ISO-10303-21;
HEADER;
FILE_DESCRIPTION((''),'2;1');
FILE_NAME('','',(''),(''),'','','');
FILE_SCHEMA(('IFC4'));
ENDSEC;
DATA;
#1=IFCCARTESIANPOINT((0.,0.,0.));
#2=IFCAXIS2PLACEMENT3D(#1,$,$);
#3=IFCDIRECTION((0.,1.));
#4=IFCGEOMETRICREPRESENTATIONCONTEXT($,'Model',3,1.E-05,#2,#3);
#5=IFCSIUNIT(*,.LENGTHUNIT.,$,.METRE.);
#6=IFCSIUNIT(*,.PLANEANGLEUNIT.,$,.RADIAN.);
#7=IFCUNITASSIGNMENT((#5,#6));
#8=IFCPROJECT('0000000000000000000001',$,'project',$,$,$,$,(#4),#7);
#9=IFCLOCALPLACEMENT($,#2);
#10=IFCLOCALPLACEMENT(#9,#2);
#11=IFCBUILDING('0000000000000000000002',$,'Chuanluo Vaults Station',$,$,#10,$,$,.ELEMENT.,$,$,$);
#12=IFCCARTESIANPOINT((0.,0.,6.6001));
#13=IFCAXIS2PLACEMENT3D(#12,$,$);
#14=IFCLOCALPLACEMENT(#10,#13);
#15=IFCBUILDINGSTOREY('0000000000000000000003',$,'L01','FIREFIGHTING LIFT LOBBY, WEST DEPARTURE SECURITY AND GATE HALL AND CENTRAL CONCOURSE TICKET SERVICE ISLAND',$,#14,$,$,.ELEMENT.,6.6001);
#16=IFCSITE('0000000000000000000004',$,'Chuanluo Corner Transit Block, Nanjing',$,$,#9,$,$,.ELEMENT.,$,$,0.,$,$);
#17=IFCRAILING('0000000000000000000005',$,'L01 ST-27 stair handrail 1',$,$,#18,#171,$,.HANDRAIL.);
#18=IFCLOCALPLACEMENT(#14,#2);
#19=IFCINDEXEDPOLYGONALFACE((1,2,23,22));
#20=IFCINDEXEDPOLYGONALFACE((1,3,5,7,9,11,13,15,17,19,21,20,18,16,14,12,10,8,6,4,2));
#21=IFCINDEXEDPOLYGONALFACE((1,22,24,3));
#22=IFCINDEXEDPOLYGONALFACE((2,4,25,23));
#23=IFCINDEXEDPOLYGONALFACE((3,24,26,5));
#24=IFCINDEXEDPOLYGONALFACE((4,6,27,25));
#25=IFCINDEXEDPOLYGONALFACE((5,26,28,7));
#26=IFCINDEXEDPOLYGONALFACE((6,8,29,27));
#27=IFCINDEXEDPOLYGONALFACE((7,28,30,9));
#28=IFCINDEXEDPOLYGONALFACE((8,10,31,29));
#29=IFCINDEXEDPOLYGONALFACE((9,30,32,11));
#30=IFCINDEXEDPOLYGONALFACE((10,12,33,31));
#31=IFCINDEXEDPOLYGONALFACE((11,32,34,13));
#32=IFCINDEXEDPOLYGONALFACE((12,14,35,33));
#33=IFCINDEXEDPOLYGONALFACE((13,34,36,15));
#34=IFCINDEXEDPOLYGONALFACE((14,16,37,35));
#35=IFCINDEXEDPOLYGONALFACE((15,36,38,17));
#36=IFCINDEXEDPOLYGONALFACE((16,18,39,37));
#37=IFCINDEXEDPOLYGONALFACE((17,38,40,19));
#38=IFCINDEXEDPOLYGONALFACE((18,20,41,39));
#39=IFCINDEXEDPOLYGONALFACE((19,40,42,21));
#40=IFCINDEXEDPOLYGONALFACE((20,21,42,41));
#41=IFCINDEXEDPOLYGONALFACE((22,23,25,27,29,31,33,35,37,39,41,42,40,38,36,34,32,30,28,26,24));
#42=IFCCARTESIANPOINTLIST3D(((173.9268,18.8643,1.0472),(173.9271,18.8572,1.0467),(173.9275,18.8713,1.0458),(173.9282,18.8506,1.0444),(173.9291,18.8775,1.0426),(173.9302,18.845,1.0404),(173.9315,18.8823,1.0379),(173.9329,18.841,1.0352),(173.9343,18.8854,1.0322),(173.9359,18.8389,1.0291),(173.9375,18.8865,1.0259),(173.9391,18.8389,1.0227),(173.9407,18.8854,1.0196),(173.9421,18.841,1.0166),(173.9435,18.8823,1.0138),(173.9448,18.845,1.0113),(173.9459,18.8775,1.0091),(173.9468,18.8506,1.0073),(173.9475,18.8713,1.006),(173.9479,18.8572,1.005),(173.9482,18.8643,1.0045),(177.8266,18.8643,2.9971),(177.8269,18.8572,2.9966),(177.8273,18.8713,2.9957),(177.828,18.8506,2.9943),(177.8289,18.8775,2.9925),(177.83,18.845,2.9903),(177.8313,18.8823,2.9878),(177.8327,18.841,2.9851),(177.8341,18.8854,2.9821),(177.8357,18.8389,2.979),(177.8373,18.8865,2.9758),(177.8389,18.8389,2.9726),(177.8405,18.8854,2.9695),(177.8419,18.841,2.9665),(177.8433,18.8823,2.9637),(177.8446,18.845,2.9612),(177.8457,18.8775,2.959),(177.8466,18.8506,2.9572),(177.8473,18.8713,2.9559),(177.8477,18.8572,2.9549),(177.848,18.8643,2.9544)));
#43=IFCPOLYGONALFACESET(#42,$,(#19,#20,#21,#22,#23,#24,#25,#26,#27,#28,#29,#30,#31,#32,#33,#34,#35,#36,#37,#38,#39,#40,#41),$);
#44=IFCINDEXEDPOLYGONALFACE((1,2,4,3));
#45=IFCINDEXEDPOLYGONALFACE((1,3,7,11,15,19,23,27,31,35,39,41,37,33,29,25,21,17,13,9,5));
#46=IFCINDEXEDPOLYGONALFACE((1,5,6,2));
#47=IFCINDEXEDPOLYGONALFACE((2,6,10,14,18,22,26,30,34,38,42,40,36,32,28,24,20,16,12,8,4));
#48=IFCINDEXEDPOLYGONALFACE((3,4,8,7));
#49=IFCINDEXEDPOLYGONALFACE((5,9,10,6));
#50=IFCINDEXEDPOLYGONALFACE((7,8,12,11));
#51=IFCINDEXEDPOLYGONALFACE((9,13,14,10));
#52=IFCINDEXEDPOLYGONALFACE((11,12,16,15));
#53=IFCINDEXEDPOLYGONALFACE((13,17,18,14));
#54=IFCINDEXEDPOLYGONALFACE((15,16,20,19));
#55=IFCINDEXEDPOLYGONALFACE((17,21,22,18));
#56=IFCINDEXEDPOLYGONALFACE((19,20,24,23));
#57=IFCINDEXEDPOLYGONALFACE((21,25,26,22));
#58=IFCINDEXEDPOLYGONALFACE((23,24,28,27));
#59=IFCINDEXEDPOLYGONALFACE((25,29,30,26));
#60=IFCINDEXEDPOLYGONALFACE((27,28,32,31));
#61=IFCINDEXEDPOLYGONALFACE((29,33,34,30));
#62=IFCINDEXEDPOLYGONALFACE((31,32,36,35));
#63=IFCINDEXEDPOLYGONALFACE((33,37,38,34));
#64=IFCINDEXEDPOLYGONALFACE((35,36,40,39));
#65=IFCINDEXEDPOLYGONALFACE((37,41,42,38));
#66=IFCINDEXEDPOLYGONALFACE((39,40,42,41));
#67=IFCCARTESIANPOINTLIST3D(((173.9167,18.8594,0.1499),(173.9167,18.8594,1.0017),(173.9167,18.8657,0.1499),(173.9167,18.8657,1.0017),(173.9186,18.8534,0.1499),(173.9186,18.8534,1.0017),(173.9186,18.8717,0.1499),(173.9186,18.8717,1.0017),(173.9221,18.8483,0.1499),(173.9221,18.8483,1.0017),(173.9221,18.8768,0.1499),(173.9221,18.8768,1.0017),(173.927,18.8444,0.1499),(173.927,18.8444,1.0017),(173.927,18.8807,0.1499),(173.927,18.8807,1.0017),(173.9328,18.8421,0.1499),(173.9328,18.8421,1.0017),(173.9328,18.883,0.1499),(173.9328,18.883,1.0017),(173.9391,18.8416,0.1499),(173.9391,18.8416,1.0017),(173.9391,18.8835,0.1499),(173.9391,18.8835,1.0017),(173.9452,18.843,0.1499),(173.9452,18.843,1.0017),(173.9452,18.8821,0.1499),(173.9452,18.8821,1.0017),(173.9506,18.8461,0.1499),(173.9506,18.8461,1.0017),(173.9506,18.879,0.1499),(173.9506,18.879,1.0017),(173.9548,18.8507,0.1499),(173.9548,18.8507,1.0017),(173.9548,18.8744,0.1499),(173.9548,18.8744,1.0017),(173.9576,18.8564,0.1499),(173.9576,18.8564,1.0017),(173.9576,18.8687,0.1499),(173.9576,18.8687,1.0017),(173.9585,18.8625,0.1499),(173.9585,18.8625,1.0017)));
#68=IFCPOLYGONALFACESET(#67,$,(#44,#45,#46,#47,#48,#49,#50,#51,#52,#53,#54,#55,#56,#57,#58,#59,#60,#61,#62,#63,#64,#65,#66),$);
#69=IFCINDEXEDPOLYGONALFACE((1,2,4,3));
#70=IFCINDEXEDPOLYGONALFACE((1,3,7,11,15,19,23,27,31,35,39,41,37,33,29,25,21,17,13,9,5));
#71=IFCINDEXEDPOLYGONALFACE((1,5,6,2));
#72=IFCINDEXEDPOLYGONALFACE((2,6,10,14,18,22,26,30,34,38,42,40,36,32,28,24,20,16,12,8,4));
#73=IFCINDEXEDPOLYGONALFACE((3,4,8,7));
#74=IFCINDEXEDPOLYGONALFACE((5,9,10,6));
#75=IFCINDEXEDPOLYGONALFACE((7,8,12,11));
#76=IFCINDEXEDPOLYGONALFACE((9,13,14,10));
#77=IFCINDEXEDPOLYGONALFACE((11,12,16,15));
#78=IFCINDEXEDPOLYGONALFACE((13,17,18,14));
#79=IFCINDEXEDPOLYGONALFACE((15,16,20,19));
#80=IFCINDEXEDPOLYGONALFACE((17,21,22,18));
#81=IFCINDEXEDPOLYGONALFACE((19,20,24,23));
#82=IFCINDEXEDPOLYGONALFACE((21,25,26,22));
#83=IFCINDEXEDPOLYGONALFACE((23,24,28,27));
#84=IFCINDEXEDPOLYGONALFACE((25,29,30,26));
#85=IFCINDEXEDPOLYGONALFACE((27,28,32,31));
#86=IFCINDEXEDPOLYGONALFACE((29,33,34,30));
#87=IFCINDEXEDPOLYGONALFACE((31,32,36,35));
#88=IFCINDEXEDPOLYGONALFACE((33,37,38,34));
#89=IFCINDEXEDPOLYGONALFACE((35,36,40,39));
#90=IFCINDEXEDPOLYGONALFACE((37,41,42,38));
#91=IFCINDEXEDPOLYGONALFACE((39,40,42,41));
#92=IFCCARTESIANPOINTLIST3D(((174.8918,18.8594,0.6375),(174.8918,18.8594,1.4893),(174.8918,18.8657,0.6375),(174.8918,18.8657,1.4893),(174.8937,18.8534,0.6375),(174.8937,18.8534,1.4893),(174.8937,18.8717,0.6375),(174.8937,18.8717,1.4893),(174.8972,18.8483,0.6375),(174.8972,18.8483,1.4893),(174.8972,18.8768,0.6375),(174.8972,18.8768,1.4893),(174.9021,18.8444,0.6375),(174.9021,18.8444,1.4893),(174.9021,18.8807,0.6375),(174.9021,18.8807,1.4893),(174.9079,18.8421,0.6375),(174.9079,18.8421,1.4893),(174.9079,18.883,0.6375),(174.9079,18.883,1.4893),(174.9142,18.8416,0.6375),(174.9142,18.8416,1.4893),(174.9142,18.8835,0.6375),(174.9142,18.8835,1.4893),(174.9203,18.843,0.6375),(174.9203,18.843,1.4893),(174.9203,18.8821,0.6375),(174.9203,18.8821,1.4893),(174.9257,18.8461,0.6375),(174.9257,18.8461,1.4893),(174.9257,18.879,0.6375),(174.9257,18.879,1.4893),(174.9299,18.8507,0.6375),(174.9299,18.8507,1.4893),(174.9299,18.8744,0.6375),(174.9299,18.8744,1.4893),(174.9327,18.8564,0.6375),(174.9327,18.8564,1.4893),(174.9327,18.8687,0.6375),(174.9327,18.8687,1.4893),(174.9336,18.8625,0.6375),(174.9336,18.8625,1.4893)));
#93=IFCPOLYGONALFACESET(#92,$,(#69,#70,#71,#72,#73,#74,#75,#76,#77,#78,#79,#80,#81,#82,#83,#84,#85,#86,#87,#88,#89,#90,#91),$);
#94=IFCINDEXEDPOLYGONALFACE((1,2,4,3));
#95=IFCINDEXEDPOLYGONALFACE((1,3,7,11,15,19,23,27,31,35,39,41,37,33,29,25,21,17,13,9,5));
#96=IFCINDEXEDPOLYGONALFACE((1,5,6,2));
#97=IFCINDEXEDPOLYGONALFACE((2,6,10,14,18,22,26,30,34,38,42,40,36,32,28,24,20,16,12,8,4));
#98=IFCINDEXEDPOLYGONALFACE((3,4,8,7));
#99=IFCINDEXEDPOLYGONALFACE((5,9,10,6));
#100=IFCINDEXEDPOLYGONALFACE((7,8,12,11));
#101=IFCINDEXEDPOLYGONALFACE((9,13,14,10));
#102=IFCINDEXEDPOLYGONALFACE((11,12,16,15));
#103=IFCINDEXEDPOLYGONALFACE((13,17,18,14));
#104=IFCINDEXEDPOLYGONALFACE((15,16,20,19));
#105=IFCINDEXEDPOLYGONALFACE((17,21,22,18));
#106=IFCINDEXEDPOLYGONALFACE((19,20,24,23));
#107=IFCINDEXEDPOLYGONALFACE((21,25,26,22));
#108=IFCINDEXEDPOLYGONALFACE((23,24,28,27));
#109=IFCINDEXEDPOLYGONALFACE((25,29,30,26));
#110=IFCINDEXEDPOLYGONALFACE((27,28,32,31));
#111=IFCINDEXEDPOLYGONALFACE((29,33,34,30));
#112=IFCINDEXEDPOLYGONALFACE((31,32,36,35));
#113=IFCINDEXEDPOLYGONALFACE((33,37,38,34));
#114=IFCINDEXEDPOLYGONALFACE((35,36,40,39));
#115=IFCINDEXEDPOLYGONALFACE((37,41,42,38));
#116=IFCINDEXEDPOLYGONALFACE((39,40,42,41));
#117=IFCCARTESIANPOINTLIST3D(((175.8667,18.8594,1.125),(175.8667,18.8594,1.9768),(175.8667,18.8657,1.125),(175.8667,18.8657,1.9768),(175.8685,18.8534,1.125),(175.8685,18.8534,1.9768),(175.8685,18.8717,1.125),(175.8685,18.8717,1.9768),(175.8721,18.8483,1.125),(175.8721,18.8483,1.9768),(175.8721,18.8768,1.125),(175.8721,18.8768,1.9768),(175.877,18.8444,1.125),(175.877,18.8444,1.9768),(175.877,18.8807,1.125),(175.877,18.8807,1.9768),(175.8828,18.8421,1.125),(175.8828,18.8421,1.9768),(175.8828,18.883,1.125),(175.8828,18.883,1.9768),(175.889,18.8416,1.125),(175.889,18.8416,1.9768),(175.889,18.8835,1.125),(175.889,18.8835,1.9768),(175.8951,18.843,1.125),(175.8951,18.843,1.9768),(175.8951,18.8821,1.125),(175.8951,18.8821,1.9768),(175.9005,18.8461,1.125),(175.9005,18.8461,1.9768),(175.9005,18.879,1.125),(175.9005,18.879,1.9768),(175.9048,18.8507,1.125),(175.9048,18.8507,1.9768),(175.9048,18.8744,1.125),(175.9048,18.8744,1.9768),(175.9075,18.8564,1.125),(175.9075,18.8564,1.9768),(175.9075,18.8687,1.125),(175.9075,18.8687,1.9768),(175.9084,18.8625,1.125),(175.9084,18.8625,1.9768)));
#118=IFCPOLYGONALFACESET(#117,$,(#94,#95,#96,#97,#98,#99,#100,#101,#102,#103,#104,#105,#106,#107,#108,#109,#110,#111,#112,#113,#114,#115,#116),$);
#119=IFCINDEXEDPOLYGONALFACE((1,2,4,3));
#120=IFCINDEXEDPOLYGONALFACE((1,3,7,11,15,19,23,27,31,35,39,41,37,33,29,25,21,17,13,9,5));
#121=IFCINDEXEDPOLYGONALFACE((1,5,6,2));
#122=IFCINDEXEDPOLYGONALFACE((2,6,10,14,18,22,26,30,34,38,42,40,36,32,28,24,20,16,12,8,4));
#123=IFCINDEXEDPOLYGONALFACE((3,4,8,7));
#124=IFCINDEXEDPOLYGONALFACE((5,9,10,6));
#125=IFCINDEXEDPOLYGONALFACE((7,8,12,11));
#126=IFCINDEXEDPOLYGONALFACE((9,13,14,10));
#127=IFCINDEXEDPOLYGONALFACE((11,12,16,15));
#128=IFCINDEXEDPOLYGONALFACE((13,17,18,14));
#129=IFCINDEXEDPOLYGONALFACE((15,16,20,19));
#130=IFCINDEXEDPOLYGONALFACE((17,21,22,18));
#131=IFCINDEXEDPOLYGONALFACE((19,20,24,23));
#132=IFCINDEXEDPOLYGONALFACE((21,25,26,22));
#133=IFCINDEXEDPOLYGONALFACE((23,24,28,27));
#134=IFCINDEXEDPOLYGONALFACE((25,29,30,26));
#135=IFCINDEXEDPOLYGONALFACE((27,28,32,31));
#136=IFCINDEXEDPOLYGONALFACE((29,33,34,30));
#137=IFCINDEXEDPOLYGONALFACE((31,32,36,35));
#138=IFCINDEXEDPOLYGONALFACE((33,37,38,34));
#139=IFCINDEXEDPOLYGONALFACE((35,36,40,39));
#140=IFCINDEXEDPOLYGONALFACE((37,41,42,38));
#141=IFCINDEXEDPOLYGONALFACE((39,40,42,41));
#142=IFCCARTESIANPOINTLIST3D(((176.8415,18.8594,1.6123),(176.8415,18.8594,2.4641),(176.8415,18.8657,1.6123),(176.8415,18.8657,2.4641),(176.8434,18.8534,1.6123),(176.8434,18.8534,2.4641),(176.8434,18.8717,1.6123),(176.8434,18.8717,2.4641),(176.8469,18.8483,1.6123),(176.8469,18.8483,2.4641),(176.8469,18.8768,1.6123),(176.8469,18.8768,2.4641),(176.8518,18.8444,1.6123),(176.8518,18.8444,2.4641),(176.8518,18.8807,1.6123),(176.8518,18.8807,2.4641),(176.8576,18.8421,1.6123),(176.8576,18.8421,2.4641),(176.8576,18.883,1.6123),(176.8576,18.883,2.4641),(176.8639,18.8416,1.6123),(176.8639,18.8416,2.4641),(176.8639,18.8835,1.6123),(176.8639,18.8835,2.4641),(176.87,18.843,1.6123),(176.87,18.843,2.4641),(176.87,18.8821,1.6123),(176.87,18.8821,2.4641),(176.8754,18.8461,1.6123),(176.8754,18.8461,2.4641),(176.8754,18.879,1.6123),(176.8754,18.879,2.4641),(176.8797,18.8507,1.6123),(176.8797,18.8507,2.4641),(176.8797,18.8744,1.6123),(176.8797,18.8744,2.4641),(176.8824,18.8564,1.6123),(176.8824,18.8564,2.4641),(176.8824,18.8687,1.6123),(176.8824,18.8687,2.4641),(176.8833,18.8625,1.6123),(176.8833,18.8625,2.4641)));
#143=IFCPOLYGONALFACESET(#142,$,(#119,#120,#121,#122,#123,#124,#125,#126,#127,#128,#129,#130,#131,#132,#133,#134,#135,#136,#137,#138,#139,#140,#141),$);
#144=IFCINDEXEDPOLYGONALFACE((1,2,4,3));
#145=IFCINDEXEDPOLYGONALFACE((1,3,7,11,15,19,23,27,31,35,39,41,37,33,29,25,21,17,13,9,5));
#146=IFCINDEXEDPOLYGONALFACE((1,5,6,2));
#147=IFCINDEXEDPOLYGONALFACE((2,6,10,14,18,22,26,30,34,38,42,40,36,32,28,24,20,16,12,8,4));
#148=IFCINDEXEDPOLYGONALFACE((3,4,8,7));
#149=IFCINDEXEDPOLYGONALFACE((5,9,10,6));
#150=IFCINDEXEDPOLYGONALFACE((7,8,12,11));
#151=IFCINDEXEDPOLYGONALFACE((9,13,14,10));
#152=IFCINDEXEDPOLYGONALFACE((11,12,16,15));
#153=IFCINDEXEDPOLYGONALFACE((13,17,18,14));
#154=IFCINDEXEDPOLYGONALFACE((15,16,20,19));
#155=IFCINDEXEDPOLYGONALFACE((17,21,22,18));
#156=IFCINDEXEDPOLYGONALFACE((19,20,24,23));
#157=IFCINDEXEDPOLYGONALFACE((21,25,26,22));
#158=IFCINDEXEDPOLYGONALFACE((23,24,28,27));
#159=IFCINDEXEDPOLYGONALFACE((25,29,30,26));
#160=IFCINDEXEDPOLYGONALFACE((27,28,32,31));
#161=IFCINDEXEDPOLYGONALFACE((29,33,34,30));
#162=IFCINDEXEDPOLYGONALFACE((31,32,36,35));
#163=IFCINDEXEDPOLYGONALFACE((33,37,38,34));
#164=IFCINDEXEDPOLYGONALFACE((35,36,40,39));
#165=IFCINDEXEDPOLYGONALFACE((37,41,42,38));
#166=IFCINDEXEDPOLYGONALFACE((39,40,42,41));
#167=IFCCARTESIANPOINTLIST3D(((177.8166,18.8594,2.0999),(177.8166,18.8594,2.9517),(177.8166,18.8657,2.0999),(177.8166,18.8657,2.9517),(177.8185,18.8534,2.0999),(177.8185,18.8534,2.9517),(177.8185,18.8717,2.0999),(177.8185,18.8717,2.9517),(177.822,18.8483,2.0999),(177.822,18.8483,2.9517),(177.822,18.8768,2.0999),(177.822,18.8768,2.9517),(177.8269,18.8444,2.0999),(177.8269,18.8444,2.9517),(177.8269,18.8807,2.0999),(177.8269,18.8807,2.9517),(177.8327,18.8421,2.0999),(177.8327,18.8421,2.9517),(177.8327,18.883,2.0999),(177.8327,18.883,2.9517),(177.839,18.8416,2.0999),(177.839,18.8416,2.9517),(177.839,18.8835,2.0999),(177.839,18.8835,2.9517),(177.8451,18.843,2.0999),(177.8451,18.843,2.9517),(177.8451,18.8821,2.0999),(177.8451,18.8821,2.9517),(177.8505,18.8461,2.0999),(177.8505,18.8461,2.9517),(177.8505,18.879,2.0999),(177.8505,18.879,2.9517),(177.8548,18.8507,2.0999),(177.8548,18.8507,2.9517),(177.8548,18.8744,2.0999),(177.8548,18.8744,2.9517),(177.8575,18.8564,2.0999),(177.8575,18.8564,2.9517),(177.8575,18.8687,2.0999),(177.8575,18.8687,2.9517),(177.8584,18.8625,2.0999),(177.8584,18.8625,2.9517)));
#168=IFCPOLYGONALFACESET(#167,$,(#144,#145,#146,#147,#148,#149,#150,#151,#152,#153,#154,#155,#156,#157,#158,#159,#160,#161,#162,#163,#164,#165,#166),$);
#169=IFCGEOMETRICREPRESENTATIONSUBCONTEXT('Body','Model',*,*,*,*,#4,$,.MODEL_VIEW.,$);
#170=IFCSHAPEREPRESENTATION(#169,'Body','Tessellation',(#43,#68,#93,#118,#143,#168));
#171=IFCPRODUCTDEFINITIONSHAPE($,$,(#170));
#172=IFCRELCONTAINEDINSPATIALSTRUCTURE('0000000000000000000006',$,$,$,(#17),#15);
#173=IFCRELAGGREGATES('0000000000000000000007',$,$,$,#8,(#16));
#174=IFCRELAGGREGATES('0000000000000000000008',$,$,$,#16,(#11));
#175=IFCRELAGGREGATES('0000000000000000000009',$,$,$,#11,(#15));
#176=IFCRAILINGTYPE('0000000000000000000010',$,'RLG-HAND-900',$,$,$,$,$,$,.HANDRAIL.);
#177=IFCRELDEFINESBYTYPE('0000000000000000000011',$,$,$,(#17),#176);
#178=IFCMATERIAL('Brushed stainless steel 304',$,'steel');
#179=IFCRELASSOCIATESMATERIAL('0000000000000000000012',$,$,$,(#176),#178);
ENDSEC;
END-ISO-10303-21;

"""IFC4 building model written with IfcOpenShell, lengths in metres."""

from ifc_helpers import new_model, si_unit, direction, frame, origin, origin_2d, place, context, subcontext, project, spatial, circle, extrude, material, type_object, element, save


model = new_model("IFC4")

# Units and contexts
model_context = context("Model", 3, precision=1e-05, world=origin(), true_north=direction((0.0, 1.0)))
body_context = subcontext(model_context, "Body", "Model", "MODEL_VIEW")
ifc_project = project(units=[si_unit("LENGTHUNIT", "METRE"), si_unit("PLANEANGLEUNIT", "RADIAN")], contexts=[model_context])

# Site, building, storey
site_placement = place(None, origin())
site = spatial("IfcSite", under=ifc_project, at=site_placement, Name="Chuanluo Corner Transit Block, Nanjing", CompositionType="ELEMENT", RefElevation=0.0)
building_placement = place(site_placement, origin())
building = spatial("IfcBuilding", under=site, at=building_placement, Name="Chuanluo Vaults Station", CompositionType="ELEMENT")
storey_placement = place(building_placement, frame((0.0, 0.0, 6.6001)))
storey = spatial("IfcBuildingStorey", under=building, at=storey_placement, Name="L01", Description="FIREFIGHTING LIFT LOBBY, WEST DEPARTURE SECURITY AND GATE HALL AND CENTRAL CONCOURSE TICKET SERVICE ISLAND", CompositionType="ELEMENT", Elevation=6.6001)

# Railing
ifc_material_1 = material(Name="Brushed stainless steel 304", Category="steel")
railing_type_1 = type_object("IfcRailingType", Name="RLG-HAND-900", PredefinedType="HANDRAIL", material=ifc_material_1)
railing_1_placement = place(storey_placement, frame((173.9375, 18.8625, 0.1499)))
element("IfcRailing", 1, at=railing_1_placement, inside=storey, type_object=railing_type_1, Name="L01 ST-27 stair handrail 1", PredefinedType="HANDRAIL", context=body_context, shape_type="SweptSolid", body=[
    extrude(circle(Radius=0.0239, at=origin_2d()), frame((0.0, 0.0, 0.876), z_axis=(0.894427, 0.0, 0.447214), x_axis=(0.0, 1.0, 0.0)), (0.0, 0.0, 1.0), 4.3601),
    extrude(circle(Radius=0.021, at=origin_2d()), origin(), (0.0, 0.0, 1.0), 0.8518),
    extrude(circle(Radius=0.021, at=origin_2d()), frame((0.9751, 0.0, 0.4875)), (0.0, 0.0, 1.0), 0.8518),
    extrude(circle(Radius=0.021, at=origin_2d()), frame((1.95, 0.0, 0.9751)), (0.0, 0.0, 1.0), 0.8518),
    extrude(circle(Radius=0.021, at=origin_2d()), frame((2.9248, 0.0, 1.4624)), (0.0, 0.0, 1.0), 0.8518),
    extrude(circle(Radius=0.021, at=origin_2d()), frame((3.8999, 0.0, 1.95)), (0.0, 0.0, 1.0), 0.8518),
])

save(model, "model.ifc")
